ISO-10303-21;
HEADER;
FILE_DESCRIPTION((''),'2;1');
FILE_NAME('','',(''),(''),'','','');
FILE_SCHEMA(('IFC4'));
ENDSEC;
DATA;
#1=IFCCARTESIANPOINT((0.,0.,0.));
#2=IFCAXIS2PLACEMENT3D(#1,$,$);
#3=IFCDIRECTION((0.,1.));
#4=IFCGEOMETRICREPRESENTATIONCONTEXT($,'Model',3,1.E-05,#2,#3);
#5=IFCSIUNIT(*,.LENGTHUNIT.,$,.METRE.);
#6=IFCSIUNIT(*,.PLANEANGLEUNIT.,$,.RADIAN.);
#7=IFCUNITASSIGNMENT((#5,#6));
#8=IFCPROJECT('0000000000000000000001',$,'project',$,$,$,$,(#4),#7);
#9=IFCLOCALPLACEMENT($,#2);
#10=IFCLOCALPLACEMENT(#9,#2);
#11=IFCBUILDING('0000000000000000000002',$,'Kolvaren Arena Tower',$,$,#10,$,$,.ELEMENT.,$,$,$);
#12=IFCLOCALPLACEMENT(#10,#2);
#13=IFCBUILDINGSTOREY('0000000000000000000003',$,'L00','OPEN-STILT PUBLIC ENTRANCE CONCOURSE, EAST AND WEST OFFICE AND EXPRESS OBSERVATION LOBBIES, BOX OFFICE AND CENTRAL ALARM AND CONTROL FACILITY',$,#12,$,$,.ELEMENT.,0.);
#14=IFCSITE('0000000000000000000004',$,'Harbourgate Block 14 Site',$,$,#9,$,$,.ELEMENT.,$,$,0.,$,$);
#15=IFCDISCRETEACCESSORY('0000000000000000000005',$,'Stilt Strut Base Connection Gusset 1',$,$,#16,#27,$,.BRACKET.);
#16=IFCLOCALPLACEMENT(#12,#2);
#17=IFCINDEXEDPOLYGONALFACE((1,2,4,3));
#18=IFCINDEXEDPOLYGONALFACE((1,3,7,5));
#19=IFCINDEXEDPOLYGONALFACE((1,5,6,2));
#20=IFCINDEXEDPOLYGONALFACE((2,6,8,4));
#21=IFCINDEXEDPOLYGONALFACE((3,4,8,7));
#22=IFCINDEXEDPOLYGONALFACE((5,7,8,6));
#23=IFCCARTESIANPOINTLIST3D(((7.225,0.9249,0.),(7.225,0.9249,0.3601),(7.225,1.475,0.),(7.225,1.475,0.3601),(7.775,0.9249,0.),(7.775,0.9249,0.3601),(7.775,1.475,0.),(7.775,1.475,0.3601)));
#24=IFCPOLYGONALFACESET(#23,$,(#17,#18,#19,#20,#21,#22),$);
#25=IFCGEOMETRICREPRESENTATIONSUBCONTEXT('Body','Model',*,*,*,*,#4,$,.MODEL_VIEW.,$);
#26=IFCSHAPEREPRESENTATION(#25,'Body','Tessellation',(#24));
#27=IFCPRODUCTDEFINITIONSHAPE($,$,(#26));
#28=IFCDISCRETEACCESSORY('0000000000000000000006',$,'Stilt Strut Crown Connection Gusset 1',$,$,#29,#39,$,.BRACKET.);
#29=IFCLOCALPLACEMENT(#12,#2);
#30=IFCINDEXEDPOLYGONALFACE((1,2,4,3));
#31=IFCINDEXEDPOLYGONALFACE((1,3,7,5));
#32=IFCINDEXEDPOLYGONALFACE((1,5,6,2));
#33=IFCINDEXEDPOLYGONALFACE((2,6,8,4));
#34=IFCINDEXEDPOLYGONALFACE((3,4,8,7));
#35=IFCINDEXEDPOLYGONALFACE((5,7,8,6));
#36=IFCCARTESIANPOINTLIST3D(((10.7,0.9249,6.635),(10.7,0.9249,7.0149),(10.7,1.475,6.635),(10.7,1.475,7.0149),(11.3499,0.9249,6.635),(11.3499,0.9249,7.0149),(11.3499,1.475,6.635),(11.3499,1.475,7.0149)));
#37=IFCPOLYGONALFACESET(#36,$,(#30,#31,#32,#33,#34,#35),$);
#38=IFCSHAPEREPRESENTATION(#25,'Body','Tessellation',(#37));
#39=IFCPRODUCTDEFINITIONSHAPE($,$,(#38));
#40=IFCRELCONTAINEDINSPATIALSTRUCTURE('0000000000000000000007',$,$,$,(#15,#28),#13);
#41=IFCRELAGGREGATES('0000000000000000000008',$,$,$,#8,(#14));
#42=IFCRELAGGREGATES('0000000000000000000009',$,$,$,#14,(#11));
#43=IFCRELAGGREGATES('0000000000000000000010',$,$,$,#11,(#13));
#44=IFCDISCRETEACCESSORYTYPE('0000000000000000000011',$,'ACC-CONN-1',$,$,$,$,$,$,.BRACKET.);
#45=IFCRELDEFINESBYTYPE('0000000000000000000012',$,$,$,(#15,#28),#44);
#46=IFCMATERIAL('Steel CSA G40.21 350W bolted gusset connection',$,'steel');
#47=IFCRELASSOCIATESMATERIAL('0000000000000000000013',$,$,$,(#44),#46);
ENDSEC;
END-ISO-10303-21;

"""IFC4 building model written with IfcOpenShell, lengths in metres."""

from ifc_helpers import new_model, si_unit, direction, frame, origin, origin_2d, place, context, subcontext, project, spatial, rectangle, extrude, material, type_object, element, save


model = new_model("IFC4")

# Units and contexts
model_context = context("Model", 3, precision=1e-05, world=origin(), true_north=direction((0.0, 1.0)))
body_context = subcontext(model_context, "Body", "Model", "MODEL_VIEW")
ifc_project = project(units=[si_unit("LENGTHUNIT", "METRE"), si_unit("PLANEANGLEUNIT", "RADIAN")], contexts=[model_context])

# Site, building, storey
site_placement = place(None, origin())
site = spatial("IfcSite", under=ifc_project, at=site_placement, Name="Harbourgate Block 14 Site", CompositionType="ELEMENT", RefElevation=0.0)
building_placement = place(site_placement, origin())
building = spatial("IfcBuilding", under=site, at=building_placement, Name="Kolvaren Arena Tower", CompositionType="ELEMENT")
storey_placement = place(building_placement, origin())
storey = spatial("IfcBuildingStorey", under=building, at=storey_placement, Name="L00", Description="OPEN-STILT PUBLIC ENTRANCE CONCOURSE, EAST AND WEST OFFICE AND EXPRESS OBSERVATION LOBBIES, BOX OFFICE AND CENTRAL ALARM AND CONTROL FACILITY", CompositionType="ELEMENT", Elevation=0.0)

# Discrete accessories
ifc_material_1 = material(Name="Steel CSA G40.21 350W bolted gusset connection", Category="steel")
discrete_accessory_type = type_object("IfcDiscreteAccessoryType", Name="ACC-CONN-1", PredefinedType="BRACKET", material=ifc_material_1)
discrete_accessory_1_placement = place(storey_placement, frame((7.5, 1.2, 0.0), z_axis=(0.0, 0.0, 1.0), x_axis=(1.0, 0.0, 0.0)))
element("IfcDiscreteAccessory", 1, at=discrete_accessory_1_placement, inside=storey, type_object=discrete_accessory_type, Name="Stilt Strut Base Connection Gusset 1", PredefinedType="BRACKET", context=body_context, shape_type="SweptSolid", body=[
    extrude(rectangle(XDim=0.55, YDim=0.55, at=origin_2d()), origin(), (0.0, 0.0, 1.0), 0.3601),
])
discrete_accessory_2_placement = place(storey_placement, frame((11.0249, 1.2, 6.635), z_axis=(0.0, 0.0, 1.0), x_axis=(1.0, 0.0, 0.0)))
element("IfcDiscreteAccessory", 2, at=discrete_accessory_2_placement, inside=storey, type_object=discrete_accessory_type, Name="Stilt Strut Crown Connection Gusset 1", PredefinedType="BRACKET", context=body_context, shape_type="SweptSolid", body=[
    extrude(rectangle(XDim=0.6499, YDim=0.55, at=origin_2d()), origin(), (0.0, 0.0, 1.0), 0.3799),
])

save(model, "model.ifc")
